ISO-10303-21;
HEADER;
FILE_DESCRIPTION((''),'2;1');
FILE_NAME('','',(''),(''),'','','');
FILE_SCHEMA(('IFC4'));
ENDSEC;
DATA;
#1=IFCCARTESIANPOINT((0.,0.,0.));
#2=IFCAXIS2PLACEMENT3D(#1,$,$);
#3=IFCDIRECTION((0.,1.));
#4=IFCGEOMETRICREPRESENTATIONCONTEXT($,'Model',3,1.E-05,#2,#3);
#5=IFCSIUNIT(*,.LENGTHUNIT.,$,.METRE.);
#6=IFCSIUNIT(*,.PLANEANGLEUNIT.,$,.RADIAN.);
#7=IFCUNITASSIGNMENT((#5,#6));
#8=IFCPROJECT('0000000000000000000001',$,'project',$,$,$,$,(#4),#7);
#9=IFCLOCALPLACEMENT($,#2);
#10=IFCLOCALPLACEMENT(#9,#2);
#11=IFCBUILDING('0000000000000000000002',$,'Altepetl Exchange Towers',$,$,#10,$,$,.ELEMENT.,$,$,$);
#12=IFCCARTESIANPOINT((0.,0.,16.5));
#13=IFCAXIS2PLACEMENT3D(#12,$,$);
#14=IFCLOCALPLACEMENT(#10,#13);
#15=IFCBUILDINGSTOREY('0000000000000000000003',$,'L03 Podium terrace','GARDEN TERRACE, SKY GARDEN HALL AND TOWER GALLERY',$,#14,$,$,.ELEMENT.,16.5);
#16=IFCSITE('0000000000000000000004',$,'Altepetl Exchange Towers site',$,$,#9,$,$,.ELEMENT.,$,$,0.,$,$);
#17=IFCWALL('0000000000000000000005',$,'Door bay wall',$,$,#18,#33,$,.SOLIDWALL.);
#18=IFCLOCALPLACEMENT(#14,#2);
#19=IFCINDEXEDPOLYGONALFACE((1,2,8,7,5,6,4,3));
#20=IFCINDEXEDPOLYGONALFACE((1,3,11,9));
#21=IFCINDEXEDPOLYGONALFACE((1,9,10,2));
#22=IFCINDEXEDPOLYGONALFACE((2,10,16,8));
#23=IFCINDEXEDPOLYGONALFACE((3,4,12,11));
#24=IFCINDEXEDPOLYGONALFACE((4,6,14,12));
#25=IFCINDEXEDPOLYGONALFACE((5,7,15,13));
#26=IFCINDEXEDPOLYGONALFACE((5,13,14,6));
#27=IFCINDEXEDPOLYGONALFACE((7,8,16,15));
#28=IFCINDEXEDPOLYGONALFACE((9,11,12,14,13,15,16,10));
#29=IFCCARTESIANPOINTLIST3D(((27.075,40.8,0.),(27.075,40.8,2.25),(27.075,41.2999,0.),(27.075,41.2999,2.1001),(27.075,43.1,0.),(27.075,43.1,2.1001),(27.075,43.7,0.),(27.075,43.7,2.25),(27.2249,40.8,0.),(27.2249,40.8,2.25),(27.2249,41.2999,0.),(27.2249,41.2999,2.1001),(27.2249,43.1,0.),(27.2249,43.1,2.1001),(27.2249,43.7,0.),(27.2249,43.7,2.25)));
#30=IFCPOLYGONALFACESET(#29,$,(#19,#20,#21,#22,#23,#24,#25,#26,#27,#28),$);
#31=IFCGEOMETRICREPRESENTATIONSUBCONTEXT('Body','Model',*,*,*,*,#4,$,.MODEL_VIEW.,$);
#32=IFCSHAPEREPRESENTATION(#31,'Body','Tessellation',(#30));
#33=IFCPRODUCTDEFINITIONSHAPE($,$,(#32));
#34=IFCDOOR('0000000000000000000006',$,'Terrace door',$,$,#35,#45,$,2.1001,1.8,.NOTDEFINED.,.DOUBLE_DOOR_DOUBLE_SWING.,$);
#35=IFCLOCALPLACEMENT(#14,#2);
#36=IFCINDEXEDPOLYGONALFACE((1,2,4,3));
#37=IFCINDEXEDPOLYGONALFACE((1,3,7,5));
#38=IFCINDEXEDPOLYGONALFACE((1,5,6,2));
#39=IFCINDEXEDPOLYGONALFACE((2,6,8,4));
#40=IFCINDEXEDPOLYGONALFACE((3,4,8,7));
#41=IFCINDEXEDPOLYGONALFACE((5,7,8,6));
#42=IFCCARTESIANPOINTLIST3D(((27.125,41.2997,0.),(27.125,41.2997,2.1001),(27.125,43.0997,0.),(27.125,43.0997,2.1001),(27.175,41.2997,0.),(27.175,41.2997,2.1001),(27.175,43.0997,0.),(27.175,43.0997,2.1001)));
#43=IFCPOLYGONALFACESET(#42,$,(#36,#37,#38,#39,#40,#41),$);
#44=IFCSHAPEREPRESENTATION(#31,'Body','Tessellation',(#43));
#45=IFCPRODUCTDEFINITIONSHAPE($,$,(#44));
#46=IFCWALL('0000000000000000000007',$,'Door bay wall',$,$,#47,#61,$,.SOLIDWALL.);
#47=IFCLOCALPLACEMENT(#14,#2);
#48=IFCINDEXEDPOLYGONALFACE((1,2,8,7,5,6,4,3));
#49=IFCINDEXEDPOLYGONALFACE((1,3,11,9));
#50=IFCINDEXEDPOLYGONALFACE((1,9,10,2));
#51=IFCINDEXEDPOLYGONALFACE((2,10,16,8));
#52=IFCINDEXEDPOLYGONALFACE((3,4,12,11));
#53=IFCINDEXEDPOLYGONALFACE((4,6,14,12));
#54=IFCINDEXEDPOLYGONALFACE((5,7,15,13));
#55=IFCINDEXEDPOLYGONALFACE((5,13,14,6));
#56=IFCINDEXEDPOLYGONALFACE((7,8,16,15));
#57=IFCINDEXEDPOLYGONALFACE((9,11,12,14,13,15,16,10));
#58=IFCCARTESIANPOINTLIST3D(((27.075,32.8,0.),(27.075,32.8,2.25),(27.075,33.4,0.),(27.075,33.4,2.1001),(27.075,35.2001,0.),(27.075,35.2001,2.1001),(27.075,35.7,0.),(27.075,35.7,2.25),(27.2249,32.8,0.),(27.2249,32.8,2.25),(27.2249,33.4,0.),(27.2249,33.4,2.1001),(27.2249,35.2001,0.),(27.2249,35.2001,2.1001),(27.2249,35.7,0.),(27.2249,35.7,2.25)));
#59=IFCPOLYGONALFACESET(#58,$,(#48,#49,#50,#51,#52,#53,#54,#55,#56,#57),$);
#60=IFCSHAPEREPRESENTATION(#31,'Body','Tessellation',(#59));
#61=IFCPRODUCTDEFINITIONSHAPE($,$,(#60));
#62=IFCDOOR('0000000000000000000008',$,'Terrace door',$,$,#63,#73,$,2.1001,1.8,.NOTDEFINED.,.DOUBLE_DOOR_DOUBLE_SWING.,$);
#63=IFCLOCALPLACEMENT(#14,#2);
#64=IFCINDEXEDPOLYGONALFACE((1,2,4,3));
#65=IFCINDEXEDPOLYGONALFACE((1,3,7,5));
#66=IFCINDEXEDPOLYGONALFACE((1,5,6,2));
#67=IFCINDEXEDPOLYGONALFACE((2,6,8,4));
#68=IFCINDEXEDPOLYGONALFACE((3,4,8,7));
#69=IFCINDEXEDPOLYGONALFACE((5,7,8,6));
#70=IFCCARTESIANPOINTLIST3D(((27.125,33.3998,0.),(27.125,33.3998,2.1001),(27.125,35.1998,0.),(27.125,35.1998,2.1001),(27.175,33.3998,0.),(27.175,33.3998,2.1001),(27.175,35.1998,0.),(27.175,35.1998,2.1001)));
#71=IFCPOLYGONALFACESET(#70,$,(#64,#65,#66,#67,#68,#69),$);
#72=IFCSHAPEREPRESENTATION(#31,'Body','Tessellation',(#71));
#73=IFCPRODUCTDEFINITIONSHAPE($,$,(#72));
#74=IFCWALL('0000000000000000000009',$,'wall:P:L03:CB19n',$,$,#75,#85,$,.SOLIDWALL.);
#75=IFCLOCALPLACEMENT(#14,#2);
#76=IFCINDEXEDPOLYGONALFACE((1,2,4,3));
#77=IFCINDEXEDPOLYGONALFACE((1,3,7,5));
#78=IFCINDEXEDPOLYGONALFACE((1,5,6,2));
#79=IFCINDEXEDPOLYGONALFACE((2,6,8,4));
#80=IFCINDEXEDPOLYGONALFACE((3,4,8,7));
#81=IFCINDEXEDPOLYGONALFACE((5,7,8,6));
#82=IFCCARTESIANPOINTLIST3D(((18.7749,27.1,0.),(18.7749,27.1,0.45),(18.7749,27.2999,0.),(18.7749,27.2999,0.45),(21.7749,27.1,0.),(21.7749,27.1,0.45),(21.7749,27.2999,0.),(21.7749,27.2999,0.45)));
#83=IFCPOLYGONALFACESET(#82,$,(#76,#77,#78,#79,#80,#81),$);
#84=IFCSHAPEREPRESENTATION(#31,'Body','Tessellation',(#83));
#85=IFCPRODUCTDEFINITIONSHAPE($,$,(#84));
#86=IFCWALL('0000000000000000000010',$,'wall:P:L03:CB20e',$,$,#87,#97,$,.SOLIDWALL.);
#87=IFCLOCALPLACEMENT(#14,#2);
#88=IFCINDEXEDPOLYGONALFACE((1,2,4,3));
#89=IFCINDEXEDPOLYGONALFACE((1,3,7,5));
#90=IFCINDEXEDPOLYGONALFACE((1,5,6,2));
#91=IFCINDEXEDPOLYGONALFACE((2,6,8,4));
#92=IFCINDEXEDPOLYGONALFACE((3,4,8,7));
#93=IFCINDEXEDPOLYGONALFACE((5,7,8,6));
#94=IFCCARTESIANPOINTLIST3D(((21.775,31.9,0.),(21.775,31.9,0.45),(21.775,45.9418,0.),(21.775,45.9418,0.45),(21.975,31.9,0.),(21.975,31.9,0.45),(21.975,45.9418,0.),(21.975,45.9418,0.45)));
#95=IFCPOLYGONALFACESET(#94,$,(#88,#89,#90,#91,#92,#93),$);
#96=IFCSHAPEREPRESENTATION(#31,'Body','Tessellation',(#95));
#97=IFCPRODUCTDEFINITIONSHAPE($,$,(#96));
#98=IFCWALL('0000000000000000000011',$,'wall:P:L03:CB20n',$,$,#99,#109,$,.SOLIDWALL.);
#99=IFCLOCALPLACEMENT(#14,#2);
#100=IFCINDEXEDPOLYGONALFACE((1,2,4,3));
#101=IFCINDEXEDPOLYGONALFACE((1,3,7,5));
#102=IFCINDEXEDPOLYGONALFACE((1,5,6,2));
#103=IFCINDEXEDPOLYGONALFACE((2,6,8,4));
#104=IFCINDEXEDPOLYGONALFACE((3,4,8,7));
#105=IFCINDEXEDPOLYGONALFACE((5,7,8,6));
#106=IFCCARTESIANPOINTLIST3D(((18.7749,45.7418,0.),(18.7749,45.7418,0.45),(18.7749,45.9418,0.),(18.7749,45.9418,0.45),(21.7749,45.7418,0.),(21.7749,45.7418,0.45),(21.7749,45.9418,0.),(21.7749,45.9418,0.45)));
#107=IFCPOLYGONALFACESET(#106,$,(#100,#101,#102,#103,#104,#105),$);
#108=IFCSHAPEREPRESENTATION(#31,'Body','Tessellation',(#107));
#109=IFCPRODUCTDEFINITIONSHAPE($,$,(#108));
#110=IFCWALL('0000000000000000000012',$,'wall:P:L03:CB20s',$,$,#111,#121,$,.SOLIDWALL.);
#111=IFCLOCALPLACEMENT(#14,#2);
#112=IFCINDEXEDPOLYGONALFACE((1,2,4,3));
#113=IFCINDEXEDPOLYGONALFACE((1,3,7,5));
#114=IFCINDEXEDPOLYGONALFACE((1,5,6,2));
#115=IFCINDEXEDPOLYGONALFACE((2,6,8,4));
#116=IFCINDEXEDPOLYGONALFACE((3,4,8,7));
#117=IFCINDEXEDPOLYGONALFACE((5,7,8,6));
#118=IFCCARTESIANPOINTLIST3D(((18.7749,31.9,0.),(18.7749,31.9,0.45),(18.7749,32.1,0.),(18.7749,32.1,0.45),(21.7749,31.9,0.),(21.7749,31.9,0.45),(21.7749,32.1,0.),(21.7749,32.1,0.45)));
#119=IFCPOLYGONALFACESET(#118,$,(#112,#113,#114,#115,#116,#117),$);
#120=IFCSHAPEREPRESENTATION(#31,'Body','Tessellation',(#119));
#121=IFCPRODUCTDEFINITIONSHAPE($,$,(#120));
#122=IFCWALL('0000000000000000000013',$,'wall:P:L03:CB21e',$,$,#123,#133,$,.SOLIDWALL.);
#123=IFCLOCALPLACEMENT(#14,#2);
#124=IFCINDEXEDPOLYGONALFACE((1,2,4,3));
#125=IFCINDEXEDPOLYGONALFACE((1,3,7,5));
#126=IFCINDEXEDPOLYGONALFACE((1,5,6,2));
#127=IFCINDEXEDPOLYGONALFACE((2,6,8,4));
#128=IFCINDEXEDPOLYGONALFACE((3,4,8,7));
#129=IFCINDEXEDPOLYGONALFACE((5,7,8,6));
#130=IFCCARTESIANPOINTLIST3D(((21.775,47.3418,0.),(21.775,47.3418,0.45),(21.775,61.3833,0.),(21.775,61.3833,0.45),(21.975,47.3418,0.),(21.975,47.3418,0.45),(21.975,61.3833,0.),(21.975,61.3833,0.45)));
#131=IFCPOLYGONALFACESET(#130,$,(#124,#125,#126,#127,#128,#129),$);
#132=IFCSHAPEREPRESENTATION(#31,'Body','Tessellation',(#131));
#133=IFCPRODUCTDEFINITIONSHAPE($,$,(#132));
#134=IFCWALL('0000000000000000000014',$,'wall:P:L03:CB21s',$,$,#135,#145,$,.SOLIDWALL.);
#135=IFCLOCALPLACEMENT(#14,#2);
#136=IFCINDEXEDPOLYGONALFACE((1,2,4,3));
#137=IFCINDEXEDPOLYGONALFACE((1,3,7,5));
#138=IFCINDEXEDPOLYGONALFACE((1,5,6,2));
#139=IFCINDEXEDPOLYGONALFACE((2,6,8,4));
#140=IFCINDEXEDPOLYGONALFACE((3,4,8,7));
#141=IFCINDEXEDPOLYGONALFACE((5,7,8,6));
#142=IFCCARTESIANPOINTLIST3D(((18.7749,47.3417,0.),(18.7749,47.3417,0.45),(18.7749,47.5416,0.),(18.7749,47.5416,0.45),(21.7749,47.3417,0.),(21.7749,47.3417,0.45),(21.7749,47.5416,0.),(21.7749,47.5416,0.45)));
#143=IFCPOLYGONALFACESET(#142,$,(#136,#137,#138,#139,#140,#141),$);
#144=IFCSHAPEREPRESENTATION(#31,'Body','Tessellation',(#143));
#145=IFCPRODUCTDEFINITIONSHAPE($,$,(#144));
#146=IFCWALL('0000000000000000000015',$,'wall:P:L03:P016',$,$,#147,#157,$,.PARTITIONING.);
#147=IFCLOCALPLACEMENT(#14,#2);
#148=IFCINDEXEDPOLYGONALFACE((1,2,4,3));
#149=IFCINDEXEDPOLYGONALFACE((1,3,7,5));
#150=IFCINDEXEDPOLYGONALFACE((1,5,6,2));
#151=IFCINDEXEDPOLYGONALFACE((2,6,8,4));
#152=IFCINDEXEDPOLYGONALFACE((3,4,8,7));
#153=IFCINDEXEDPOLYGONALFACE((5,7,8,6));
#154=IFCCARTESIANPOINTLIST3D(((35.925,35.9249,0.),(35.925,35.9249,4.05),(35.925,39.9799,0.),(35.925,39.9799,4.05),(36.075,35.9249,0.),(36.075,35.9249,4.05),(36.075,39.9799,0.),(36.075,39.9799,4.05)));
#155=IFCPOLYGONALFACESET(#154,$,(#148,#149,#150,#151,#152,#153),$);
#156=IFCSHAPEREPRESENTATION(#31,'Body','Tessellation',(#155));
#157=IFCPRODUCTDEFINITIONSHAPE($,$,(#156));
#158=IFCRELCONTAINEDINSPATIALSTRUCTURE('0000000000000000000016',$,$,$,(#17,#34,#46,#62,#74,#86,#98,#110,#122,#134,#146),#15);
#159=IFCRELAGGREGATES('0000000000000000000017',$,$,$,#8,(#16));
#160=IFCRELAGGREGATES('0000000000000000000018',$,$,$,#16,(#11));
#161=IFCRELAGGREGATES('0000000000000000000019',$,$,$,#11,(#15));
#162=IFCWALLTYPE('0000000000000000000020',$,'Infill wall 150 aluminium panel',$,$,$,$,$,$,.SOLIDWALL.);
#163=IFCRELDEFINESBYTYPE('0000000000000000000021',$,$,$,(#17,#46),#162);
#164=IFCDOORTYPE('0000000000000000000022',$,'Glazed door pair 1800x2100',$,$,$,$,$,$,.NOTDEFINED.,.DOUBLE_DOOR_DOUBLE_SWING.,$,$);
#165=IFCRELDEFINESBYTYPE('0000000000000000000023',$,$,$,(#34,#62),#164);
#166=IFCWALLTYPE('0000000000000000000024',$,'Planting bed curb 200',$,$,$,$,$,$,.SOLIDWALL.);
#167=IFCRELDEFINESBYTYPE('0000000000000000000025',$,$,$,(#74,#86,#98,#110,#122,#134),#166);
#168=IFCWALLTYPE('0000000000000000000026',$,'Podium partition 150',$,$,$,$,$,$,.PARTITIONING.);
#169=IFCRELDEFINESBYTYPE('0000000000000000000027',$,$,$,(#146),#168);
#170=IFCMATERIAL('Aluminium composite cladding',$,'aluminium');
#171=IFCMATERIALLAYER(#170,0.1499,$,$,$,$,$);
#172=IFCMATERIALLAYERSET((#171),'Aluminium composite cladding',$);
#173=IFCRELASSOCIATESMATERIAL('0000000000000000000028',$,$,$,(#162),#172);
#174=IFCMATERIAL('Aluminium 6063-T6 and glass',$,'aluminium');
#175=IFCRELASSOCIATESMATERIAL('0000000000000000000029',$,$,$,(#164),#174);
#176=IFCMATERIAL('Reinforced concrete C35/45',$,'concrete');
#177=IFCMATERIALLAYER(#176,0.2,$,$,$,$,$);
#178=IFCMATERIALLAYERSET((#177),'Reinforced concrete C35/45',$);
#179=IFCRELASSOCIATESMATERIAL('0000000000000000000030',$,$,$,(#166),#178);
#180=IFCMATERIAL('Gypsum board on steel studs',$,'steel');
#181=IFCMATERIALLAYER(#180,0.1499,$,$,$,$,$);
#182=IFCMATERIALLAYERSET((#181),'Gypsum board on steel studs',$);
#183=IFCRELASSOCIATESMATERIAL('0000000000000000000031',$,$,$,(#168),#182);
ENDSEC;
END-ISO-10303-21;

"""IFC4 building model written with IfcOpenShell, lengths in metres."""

from ifc_helpers import new_model, si_unit, direction, frame, frame_2d, origin, place, context, subcontext, project, spatial, rectangle, extrude, material, layer, layer_set, type_object, element, fill, save


model = new_model("IFC4")

# Units and contexts
model_context = context("Model", 3, precision=1e-05, world=origin(), true_north=direction((0.0, 1.0)))
body_context = subcontext(model_context, "Body", "Model", "MODEL_VIEW")
ifc_project = project(units=[si_unit("LENGTHUNIT", "METRE"), si_unit("PLANEANGLEUNIT", "RADIAN")], contexts=[model_context])

# Site, building, storey
site_placement = place(None, origin())
site = spatial("IfcSite", under=ifc_project, at=site_placement, Name="Altepetl Exchange Towers site", CompositionType="ELEMENT", RefElevation=0.0)
building_placement = place(site_placement, origin())
building = spatial("IfcBuilding", under=site, at=building_placement, Name="Altepetl Exchange Towers", CompositionType="ELEMENT")
storey_placement = place(building_placement, frame((0.0, 0.0, 16.5)))
storey = spatial("IfcBuildingStorey", under=building, at=storey_placement, Name="L03 Podium terrace", Description="GARDEN TERRACE, SKY GARDEN HALL AND TOWER GALLERY", CompositionType="ELEMENT", Elevation=16.5)

# Walls, openings, doors
ifc_material_1 = material(Name="Reinforced concrete C35/45", Category="concrete")
ifc_material_2 = material(Name="Aluminium composite cladding", Category="aluminium")
ifc_layer_1 = layer(ifc_material_2, 0.1499)
ifc_layer_set_1 = layer_set([ifc_layer_1], Name="Aluminium composite cladding")
wall_type_1 = type_object("IfcWallType", Name="Infill wall 150 aluminium panel", PredefinedType="SOLIDWALL", material=ifc_layer_set_1)
wall_1_placement = place(storey_placement, frame((27.1499, 43.7, 0.0), z_axis=(0.0, 0.0, 1.0), x_axis=(0.0, -1.0, 0.0)))
wall_1 = element("IfcWall", 1, at=wall_1_placement, inside=storey, type_object=wall_type_1, Name="Door bay wall", PredefinedType="SOLIDWALL", context=body_context, shape_type="SweptSolid", body=[
    extrude(rectangle(XDim=2.8999, YDim=0.1499, at=frame_2d((1.45, 0.0))), origin(), (0.0, 0.0, 1.0), 2.25),
])
opening_1_placement = place(wall_1_placement, frame((0.6001, 0.0, 0.0)))
opening_1 = element("IfcOpeningElement", 2, at=opening_1_placement, cuts=wall_1, PredefinedType="OPENING", context=body_context, shape_type="SweptSolid", body=[
    extrude(rectangle(XDim=1.8, YDim=2.1001, at=frame_2d((0.8999, 1.05))), frame((0.0, 0.085, 0.0), z_axis=(0.0, -1.0, 0.0), x_axis=(1.0, 0.0, 0.0)), (0.0, 0.0, 1.0), 0.1699),
])
ifc_material_3 = material(Name="Aluminium 6063-T6 and glass", Category="aluminium")
door_type_1 = type_object("IfcDoorType", Name="Glazed door pair 1800x2100", OperationType="DOUBLE_DOOR_DOUBLE_SWING", PredefinedType="NOTDEFINED", material=ifc_material_3)
door_1_placement = place(opening_1_placement, frame((1.8, 0.0, 0.0), x_axis=(-1.0, 0.0, 0.0)))
door_1 = element("IfcDoor", 3, at=door_1_placement, inside=storey, type_object=door_type_1, Name="Terrace door", OperationType="DOUBLE_DOOR_DOUBLE_SWING", OverallHeight=2.1001, OverallWidth=1.8, PredefinedType="NOTDEFINED", context=body_context, shape_type="SweptSolid", body=[
    extrude(rectangle(XDim=1.8, YDim=2.1001, at=frame_2d((0.8999, 1.05))), frame((0.0, 0.0249, 0.0), z_axis=(0.0, -1.0, 0.0), x_axis=(1.0, 0.0, 0.0)), (0.0, 0.0, 1.0), 0.05),
])
fill(opening_1, door_1)
wall_2_placement = place(storey_placement, frame((27.1499, 35.7, 0.0), z_axis=(0.0, 0.0, 1.0), x_axis=(0.0, -1.0, 0.0)))
wall_2 = element("IfcWall", 4, at=wall_2_placement, inside=storey, type_object=wall_type_1, Name="Door bay wall", PredefinedType="SOLIDWALL", context=body_context, shape_type="SweptSolid", body=[
    extrude(rectangle(XDim=2.8999, YDim=0.1499, at=frame_2d((1.45, 0.0))), origin(), (0.0, 0.0, 1.0), 2.25),
])
opening_2_placement = place(wall_2_placement, frame((0.5, 0.0, 0.0)))
opening_2 = element("IfcOpeningElement", 5, at=opening_2_placement, cuts=wall_2, PredefinedType="OPENING", context=body_context, shape_type="SweptSolid", body=[
    extrude(rectangle(XDim=1.8, YDim=2.1001, at=frame_2d((0.8999, 1.05))), frame((0.0, 0.085, 0.0), z_axis=(0.0, -1.0, 0.0), x_axis=(1.0, 0.0, 0.0)), (0.0, 0.0, 1.0), 0.1699),
])
door_2_placement = place(opening_2_placement, frame((1.8, 0.0, 0.0), x_axis=(-1.0, 0.0, 0.0)))
door_2 = element("IfcDoor", 6, at=door_2_placement, inside=storey, type_object=door_type_1, Name="Terrace door", OperationType="DOUBLE_DOOR_DOUBLE_SWING", OverallHeight=2.1001, OverallWidth=1.8, PredefinedType="NOTDEFINED", context=body_context, shape_type="SweptSolid", body=[
    extrude(rectangle(XDim=1.8, YDim=2.1001, at=frame_2d((0.8999, 1.05))), frame((0.0, 0.0249, 0.0), z_axis=(0.0, -1.0, 0.0), x_axis=(1.0, 0.0, 0.0)), (0.0, 0.0, 1.0), 0.05),
])
fill(opening_2, door_2)

# Walls
ifc_layer_2 = layer(ifc_material_1, 0.2)
ifc_layer_set_2 = layer_set([ifc_layer_2], Name="Reinforced concrete C35/45")
wall_type_2 = type_object("IfcWallType", Name="Planting bed curb 200", PredefinedType="SOLIDWALL", material=ifc_layer_set_2)
wall_3_placement = place(storey_placement, frame((18.7749, 27.2, 0.0)))
element("IfcWall", 7, at=wall_3_placement, inside=storey, type_object=wall_type_2, Name="wall:P:L03:CB19n", PredefinedType="SOLIDWALL", context=body_context, shape_type="SweptSolid", body=[
    extrude(rectangle(XDim=3.0, YDim=0.2, at=frame_2d((1.5, 0.0))), origin(), (0.0, 0.0, 1.0), 0.45),
])
wall_4_placement = place(storey_placement, frame((21.875, 31.8999, 0.0), z_axis=(0.0, 0.0, 1.0), x_axis=(0.0, 1.0, 0.0)))
element("IfcWall", 8, at=wall_4_placement, inside=storey, type_object=wall_type_2, Name="wall:P:L03:CB20e", PredefinedType="SOLIDWALL", context=body_context, shape_type="SweptSolid", body=[
    extrude(rectangle(XDim=14.0417, YDim=0.2, at=frame_2d((7.021, 0.0))), origin(), (0.0, 0.0, 1.0), 0.45),
])
for number, where, name in (
    (9, (18.7749, 45.8418, 0.0), "wall:P:L03:CB20n"),
    (10, (18.7749, 32.0, 0.0), "wall:P:L03:CB20s"),
):
    element("IfcWall", number, at=place(storey_placement, frame(where)), inside=storey, type_object=wall_type_2, Name=name, PredefinedType="SOLIDWALL", context=body_context, shape_type="SweptSolid", body=[
        extrude(rectangle(XDim=3.0, YDim=0.2, at=frame_2d((1.5, 0.0))), origin(), (0.0, 0.0, 1.0), 0.45),
    ])
wall_5_placement = place(storey_placement, frame((21.875, 47.3418, 0.0), z_axis=(0.0, 0.0, 1.0), x_axis=(0.0, 1.0, 0.0)))
element("IfcWall", 11, at=wall_5_placement, inside=storey, type_object=wall_type_2, Name="wall:P:L03:CB21e", PredefinedType="SOLIDWALL", context=body_context, shape_type="SweptSolid", body=[
    extrude(rectangle(XDim=14.0415, YDim=0.2, at=frame_2d((7.0208, 0.0))), origin(), (0.0, 0.0, 1.0), 0.45),
])
wall_6_placement = place(storey_placement, frame((18.7749, 47.4417, 0.0)))
element("IfcWall", 12, at=wall_6_placement, inside=storey, type_object=wall_type_2, Name="wall:P:L03:CB21s", PredefinedType="SOLIDWALL", context=body_context, shape_type="SweptSolid", body=[
    extrude(rectangle(XDim=3.0, YDim=0.2, at=frame_2d((1.5, 0.0))), origin(), (0.0, 0.0, 1.0), 0.45),
])
ifc_material_4 = material(Name="Gypsum board on steel studs", Category="steel")
ifc_layer_3 = layer(ifc_material_4, 0.1499)
ifc_layer_set_3 = layer_set([ifc_layer_3], Name="Gypsum board on steel studs")
wall_type_3 = type_object("IfcWallType", Name="Podium partition 150", PredefinedType="PARTITIONING", material=ifc_layer_set_3)
wall_7_placement = place(storey_placement, frame((36.0, 35.925, 0.0), z_axis=(0.0, 0.0, 1.0), x_axis=(0.0, 1.0, 0.0)))
element("IfcWall", 13, at=wall_7_placement, inside=storey, type_object=wall_type_3, Name="wall:P:L03:P016", PredefinedType="PARTITIONING", context=body_context, shape_type="SweptSolid", body=[
    extrude(rectangle(XDim=4.0549, YDim=0.1499, at=frame_2d((2.0273, 0.0))), origin(), (0.0, 0.0, 1.0), 4.05),
])

save(model, "model.ifc")
